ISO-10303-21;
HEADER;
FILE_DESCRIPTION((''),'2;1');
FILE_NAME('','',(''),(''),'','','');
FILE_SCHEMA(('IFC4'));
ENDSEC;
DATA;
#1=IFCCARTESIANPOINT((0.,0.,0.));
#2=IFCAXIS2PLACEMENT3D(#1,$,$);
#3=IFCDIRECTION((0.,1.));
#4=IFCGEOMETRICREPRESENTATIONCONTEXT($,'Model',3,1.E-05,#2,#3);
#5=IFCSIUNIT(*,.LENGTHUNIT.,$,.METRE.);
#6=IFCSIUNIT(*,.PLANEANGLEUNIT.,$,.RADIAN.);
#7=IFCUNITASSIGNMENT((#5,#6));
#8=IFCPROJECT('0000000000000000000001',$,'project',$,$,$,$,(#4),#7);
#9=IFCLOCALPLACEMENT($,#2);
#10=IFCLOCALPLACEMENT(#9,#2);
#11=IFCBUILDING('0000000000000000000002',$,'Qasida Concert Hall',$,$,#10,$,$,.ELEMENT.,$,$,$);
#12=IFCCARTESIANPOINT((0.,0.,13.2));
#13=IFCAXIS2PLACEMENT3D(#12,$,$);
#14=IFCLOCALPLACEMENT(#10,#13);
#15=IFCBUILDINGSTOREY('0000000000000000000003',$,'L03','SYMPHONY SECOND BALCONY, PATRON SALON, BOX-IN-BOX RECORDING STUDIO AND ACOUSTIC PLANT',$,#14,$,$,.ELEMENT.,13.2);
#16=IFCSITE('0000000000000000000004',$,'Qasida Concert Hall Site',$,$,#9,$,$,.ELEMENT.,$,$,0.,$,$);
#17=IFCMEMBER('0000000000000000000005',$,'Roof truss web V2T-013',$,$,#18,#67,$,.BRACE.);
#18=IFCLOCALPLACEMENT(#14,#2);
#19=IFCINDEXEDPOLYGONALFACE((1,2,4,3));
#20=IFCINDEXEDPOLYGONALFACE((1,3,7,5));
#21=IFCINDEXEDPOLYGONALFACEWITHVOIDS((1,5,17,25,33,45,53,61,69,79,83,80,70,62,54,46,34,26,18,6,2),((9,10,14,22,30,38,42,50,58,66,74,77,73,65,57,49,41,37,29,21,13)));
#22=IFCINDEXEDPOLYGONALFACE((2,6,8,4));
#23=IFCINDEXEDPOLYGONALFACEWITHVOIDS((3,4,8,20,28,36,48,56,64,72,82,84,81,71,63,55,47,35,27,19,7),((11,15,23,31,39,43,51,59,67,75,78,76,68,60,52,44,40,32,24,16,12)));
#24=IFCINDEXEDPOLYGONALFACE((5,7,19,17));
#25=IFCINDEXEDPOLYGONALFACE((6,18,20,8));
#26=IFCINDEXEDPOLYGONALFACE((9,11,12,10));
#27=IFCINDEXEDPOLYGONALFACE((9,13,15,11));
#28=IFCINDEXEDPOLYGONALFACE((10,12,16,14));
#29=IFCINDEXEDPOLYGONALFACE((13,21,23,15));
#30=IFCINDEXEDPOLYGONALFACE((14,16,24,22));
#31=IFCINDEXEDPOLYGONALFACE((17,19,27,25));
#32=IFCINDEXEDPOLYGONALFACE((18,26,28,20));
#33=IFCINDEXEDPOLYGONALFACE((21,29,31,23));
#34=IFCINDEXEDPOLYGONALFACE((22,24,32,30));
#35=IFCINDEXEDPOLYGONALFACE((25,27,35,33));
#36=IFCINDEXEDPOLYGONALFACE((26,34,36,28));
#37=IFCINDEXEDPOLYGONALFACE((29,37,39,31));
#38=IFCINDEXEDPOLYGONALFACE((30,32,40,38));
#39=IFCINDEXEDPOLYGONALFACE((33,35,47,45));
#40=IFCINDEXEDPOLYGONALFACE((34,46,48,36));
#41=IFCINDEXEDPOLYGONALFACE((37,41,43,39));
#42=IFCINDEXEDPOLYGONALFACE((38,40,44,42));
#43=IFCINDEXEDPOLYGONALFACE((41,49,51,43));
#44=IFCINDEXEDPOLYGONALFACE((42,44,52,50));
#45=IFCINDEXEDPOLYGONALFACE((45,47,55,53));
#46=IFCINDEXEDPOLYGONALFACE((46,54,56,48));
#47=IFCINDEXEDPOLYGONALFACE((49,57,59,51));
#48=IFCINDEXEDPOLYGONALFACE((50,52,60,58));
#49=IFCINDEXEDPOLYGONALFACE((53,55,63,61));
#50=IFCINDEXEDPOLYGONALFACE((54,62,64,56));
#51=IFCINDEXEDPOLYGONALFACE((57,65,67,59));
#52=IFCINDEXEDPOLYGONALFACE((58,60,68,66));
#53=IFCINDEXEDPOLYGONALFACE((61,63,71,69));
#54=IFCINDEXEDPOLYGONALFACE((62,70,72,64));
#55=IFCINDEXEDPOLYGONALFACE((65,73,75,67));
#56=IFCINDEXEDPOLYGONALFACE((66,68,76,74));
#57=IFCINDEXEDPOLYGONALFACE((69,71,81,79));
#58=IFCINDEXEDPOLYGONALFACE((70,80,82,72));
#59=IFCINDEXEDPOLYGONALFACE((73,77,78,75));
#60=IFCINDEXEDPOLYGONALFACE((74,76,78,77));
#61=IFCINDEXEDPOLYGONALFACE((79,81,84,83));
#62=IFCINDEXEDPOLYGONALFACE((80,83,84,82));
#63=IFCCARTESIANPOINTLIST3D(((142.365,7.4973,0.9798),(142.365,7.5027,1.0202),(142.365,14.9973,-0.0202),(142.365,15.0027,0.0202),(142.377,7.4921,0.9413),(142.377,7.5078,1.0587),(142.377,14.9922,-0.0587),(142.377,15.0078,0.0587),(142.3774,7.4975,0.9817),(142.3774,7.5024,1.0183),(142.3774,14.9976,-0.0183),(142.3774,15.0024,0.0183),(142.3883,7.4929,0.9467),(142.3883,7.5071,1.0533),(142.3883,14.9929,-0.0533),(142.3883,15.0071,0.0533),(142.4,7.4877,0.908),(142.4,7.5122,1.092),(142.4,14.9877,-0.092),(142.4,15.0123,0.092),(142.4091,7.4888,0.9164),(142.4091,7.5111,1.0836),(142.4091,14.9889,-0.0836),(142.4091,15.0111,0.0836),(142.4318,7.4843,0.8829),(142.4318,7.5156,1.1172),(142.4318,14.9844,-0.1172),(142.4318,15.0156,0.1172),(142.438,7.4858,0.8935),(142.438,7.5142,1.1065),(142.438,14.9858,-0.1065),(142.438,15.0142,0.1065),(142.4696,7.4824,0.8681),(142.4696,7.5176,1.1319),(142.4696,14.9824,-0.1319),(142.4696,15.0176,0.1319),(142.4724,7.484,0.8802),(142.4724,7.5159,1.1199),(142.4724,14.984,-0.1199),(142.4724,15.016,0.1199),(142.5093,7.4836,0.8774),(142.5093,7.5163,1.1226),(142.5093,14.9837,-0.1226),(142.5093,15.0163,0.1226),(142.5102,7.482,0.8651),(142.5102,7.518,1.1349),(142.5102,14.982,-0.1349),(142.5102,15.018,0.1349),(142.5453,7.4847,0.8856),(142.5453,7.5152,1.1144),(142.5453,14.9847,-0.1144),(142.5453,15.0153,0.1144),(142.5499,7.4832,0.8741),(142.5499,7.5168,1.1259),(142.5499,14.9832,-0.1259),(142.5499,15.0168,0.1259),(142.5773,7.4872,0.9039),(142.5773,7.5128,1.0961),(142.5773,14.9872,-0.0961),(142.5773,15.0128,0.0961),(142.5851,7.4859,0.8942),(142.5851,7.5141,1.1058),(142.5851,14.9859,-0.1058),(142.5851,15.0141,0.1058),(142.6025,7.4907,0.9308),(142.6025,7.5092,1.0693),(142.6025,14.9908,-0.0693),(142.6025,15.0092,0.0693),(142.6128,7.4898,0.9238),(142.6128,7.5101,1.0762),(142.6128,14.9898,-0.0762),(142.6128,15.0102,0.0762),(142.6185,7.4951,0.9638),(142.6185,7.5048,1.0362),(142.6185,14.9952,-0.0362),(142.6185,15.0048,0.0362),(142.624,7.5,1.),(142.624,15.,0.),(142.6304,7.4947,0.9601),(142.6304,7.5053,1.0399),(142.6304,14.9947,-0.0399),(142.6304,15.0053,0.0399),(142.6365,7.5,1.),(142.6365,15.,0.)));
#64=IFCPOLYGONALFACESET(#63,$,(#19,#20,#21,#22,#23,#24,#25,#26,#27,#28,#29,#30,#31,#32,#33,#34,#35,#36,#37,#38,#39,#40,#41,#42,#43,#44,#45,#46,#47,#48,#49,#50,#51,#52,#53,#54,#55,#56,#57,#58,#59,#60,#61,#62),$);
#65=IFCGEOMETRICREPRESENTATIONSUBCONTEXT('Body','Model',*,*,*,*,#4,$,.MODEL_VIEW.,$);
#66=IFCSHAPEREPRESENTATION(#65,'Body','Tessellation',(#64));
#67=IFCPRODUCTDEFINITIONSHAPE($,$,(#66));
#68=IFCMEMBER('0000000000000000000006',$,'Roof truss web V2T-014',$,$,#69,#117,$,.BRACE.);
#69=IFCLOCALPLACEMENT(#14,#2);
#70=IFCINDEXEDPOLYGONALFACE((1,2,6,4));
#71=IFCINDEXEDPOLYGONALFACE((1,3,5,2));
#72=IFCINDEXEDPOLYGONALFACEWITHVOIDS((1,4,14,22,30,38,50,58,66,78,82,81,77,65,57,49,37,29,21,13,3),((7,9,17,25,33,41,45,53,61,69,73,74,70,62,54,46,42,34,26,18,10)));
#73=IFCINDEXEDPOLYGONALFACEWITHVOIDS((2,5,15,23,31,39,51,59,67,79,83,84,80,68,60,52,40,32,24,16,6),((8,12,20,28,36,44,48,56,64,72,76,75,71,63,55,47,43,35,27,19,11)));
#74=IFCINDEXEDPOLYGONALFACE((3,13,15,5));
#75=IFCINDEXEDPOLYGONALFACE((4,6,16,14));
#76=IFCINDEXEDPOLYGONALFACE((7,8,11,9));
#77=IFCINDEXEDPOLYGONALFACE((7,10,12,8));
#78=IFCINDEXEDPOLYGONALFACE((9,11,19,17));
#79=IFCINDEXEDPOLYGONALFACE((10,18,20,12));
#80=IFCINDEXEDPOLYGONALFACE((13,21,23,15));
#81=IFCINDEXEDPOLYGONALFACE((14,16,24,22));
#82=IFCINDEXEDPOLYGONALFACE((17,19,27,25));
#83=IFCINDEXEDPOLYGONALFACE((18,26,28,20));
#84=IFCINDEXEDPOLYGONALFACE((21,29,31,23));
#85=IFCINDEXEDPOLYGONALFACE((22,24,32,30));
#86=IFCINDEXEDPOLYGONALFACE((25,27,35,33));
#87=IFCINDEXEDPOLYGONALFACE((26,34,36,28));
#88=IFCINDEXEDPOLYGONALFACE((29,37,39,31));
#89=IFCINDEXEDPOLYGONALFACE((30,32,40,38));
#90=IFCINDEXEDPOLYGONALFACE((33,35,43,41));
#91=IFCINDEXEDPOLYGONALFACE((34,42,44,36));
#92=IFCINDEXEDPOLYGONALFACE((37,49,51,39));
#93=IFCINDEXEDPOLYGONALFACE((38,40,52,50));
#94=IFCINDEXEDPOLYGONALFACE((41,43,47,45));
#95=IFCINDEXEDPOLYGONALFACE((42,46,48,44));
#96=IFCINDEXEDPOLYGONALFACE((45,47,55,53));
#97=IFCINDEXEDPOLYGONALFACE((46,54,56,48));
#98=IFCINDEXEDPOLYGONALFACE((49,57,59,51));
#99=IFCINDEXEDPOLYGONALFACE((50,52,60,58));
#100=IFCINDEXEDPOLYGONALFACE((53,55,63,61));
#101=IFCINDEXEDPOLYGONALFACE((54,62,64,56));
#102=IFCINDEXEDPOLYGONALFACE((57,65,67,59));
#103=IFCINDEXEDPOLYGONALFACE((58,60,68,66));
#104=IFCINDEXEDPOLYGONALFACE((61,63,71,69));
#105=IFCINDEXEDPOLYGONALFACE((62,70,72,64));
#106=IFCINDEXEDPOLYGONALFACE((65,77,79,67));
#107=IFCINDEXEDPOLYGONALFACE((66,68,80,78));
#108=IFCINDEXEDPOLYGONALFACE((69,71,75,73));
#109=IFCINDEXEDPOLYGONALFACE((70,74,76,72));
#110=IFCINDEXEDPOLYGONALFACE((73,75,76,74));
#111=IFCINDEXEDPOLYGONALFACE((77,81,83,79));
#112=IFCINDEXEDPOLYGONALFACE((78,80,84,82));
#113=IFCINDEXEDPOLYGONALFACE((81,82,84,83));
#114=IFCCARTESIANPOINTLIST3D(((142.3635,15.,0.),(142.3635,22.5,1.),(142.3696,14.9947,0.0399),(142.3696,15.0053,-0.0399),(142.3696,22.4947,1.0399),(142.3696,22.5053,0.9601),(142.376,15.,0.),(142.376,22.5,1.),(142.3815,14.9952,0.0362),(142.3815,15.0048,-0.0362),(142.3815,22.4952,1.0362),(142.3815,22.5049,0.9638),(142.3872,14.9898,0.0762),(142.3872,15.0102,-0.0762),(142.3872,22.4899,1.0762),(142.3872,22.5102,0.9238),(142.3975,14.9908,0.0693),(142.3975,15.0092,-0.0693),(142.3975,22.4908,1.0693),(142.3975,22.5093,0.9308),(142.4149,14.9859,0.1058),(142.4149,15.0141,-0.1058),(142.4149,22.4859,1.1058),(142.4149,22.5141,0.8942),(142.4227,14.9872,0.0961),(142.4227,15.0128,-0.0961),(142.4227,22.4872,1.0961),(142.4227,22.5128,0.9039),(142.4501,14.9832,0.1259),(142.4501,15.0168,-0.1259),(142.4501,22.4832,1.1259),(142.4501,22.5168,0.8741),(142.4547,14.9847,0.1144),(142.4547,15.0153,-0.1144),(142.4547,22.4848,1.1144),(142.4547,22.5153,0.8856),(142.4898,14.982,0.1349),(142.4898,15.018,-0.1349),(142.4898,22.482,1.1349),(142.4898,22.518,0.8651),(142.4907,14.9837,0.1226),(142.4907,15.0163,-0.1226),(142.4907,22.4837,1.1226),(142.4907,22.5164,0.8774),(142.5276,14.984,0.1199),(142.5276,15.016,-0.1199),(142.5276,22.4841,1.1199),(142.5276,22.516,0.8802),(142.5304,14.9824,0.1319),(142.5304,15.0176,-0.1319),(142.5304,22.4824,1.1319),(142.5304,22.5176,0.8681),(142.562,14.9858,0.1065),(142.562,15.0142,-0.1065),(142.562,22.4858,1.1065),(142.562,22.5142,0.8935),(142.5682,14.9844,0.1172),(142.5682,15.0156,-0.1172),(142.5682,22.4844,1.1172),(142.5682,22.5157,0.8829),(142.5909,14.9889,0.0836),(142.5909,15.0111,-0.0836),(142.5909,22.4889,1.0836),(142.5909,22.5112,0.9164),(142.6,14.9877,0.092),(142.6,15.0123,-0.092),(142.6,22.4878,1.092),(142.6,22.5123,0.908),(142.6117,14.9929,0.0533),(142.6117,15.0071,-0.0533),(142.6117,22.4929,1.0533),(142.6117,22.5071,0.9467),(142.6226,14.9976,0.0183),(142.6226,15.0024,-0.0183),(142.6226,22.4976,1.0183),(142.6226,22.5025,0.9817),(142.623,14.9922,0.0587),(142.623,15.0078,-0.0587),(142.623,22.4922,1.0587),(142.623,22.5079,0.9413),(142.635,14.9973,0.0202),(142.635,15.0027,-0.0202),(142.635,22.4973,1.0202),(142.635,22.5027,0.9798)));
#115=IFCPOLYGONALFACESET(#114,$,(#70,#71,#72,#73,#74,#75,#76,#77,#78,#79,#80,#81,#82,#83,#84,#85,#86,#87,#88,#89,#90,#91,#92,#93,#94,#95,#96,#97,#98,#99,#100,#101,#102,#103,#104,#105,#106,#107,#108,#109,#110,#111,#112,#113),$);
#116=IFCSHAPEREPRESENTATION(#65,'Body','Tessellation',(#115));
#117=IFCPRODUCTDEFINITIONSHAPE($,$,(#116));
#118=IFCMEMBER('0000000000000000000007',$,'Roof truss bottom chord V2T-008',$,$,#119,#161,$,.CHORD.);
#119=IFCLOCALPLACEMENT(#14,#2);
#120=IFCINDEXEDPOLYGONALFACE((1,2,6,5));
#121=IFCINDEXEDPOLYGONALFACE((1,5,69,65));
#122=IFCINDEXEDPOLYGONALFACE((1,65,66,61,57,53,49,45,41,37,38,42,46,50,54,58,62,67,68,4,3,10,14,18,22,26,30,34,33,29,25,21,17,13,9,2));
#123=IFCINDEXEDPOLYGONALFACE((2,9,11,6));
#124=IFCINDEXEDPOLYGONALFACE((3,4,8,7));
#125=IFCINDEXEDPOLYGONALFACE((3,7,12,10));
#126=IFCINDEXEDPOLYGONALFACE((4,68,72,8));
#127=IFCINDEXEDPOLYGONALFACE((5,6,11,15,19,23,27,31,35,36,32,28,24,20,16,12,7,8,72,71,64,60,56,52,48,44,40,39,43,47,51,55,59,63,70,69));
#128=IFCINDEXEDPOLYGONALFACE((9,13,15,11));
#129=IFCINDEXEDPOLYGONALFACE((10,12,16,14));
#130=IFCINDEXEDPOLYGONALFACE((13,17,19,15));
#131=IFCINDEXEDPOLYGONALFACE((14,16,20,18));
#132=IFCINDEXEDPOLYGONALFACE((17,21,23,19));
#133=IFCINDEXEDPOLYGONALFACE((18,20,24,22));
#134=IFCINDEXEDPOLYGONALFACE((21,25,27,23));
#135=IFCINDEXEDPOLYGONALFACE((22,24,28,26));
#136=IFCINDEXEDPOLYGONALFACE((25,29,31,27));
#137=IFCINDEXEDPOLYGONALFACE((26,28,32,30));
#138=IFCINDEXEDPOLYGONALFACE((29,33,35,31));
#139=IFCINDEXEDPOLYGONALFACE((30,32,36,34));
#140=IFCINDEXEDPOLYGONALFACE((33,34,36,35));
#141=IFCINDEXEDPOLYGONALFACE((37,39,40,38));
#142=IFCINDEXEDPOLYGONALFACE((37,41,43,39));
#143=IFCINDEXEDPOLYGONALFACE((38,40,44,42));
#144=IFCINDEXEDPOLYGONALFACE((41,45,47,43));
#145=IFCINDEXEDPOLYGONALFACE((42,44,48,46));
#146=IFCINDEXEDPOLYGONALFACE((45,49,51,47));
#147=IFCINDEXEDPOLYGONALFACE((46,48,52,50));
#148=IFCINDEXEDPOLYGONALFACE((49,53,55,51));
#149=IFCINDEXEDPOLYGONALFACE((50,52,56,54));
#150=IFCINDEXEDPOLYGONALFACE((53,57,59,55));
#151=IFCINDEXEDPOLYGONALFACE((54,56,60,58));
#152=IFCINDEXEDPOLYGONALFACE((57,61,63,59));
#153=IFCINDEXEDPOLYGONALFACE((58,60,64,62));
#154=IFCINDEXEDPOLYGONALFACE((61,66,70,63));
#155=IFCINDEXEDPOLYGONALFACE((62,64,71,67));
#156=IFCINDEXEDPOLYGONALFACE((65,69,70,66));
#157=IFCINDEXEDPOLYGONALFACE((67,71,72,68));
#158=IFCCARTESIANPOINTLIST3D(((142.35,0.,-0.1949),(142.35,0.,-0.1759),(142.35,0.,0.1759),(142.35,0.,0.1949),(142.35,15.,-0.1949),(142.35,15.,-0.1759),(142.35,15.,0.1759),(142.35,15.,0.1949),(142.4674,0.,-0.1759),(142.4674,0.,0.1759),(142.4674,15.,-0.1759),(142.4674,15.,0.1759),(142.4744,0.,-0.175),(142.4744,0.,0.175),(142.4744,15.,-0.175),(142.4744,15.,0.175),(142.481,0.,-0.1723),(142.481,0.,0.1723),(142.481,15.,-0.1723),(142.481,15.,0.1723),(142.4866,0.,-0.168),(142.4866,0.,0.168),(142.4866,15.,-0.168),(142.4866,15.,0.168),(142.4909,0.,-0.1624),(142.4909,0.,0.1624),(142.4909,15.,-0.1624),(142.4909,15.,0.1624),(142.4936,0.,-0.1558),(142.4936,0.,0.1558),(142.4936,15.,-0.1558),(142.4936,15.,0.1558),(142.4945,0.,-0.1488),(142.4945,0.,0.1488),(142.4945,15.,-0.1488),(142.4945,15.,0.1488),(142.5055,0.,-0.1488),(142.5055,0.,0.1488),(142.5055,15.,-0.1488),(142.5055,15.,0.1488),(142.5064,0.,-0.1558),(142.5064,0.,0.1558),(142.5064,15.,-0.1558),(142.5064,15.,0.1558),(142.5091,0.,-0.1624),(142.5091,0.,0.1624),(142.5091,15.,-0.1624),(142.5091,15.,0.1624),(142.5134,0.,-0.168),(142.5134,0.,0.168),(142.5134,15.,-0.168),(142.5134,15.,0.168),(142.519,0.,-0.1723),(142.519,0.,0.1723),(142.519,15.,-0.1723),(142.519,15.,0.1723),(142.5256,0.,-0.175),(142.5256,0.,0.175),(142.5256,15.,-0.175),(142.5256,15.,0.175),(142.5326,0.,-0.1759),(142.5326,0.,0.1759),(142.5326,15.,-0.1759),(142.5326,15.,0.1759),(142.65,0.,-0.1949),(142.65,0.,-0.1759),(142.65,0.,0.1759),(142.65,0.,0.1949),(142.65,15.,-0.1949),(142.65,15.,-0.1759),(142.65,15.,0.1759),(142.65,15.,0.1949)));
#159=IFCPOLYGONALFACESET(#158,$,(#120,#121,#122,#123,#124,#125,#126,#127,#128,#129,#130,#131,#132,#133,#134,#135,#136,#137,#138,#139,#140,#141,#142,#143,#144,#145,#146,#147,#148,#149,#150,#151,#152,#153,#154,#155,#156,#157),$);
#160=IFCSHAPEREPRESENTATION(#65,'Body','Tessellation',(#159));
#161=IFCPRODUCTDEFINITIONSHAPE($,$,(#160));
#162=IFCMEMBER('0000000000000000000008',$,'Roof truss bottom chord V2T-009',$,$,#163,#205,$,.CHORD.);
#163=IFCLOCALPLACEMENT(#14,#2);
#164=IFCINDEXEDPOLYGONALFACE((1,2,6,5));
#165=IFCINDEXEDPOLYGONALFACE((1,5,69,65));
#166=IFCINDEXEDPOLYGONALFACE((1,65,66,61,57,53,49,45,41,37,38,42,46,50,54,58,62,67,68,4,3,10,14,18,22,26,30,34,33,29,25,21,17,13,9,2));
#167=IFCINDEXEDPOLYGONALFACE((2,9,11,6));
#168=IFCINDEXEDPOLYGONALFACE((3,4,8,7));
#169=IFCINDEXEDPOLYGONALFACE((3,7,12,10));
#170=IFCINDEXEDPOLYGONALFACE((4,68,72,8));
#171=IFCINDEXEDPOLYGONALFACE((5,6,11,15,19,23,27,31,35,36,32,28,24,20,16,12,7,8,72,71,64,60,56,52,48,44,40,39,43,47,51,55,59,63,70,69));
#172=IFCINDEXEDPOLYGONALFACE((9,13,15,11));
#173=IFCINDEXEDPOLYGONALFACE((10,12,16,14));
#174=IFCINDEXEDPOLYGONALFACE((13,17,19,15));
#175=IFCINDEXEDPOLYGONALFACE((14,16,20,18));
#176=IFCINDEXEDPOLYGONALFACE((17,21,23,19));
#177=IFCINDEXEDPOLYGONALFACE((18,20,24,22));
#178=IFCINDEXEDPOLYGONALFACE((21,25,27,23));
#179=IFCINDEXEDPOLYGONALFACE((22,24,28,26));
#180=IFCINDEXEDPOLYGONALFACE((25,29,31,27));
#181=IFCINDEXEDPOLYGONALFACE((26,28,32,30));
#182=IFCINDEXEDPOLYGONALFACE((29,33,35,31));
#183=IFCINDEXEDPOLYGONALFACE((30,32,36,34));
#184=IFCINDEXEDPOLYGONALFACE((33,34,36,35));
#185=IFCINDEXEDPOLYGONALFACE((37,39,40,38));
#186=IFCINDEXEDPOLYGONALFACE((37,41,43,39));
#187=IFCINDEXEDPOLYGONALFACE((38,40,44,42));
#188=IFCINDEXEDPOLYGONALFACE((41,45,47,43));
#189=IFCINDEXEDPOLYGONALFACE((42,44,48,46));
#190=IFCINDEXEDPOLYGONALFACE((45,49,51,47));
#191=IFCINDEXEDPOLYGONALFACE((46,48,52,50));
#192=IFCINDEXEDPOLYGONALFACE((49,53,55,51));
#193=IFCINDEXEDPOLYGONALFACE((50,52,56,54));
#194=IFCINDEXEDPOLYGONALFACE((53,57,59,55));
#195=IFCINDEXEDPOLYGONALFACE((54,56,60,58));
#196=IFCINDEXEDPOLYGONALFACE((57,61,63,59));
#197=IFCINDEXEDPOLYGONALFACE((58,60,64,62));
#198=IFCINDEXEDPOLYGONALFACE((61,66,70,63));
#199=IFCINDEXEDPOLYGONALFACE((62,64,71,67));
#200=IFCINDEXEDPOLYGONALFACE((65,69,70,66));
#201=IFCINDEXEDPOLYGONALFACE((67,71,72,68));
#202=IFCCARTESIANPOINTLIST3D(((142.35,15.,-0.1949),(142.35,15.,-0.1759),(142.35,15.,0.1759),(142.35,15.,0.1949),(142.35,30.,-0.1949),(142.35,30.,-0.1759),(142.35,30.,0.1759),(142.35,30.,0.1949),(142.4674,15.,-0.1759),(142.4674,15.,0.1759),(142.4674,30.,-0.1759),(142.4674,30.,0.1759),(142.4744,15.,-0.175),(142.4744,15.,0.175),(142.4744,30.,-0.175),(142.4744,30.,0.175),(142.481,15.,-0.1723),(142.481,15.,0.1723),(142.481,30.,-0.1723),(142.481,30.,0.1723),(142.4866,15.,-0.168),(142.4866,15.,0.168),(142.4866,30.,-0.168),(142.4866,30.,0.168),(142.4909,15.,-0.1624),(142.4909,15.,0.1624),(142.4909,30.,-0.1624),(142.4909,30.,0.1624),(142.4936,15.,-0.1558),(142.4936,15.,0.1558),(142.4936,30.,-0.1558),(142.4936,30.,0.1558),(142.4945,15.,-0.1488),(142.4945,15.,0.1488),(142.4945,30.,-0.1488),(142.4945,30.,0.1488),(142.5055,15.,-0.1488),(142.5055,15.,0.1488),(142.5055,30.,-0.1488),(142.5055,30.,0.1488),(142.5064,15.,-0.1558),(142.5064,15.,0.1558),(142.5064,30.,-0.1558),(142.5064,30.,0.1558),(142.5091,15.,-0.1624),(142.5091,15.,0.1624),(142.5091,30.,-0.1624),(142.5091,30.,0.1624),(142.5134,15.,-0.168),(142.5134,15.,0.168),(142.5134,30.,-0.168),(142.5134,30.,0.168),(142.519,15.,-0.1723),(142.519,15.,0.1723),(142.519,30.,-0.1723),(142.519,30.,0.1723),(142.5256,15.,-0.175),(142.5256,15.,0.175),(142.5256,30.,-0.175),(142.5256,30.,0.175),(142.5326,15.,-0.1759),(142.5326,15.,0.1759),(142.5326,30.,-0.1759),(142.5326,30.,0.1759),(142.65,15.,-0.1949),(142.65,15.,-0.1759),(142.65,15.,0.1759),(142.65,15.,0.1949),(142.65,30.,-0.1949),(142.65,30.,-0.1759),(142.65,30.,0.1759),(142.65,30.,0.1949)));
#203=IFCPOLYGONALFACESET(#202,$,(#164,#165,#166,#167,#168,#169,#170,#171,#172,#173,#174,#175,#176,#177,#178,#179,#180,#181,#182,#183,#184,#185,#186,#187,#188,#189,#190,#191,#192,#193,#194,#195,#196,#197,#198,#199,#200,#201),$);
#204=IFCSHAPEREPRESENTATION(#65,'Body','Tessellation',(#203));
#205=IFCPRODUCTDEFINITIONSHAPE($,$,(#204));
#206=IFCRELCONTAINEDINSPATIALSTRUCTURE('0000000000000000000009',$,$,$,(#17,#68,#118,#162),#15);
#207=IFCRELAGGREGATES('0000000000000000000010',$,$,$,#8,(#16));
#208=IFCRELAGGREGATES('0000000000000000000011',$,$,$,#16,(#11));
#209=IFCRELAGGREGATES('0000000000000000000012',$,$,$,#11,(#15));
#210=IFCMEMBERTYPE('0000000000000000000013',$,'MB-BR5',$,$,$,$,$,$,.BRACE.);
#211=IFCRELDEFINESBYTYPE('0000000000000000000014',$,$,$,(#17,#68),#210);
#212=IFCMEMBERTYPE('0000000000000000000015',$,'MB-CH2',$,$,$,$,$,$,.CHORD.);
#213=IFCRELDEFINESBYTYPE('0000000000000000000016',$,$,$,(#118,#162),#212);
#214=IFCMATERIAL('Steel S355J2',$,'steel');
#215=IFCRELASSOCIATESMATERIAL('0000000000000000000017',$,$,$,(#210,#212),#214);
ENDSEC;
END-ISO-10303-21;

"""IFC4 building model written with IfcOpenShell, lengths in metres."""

from ifc_helpers import new_model, si_unit, direction, frame, origin, origin_2d, place, context, subcontext, project, spatial, hollow_circle, i_section, extrude, material, material_profile, profile_set, type_object, element, save


model = new_model("IFC4")

# Units and contexts
model_context = context("Model", 3, precision=1e-05, world=origin(), true_north=direction((0.0, 1.0)))
body_context = subcontext(model_context, "Body", "Model", "MODEL_VIEW")
ifc_project = project(units=[si_unit("LENGTHUNIT", "METRE"), si_unit("PLANEANGLEUNIT", "RADIAN")], contexts=[model_context])

# Site, building, storey
site_placement = place(None, origin())
site = spatial("IfcSite", under=ifc_project, at=site_placement, Name="Qasida Concert Hall Site", CompositionType="ELEMENT", RefElevation=0.0)
building_placement = place(site_placement, origin())
building = spatial("IfcBuilding", under=site, at=building_placement, Name="Qasida Concert Hall", CompositionType="ELEMENT")
storey_placement = place(building_placement, frame((0.0, 0.0, 13.2)))
storey = spatial("IfcBuildingStorey", under=building, at=storey_placement, Name="L03", Description="SYMPHONY SECOND BALCONY, PATRON SALON, BOX-IN-BOX RECORDING STUDIO AND ACOUSTIC PLANT", CompositionType="ELEMENT", Elevation=13.2)

# Members
ifc_material_1 = material(Name="Steel S355J2", Category="steel")
ifc_material_profile_1 = material_profile(ifc_material_1, hollow_circle(Radius=0.1365, WallThickness=0.0125, at=origin_2d()), Name="CHS 273x12.5")
ifc_profile_set_1 = profile_set([ifc_material_profile_1], Name="Steel S355J2")
member_type_1 = type_object("IfcMemberType", Name="MB-BR5", PredefinedType="BRACE", material=ifc_profile_set_1)
for number, where, z_axis, x_axis, name in (
    (1, (142.5, 15.0, 0.0), (0.0, -0.991228, 0.132164), (1.0, 0.0, 0.0), "Roof truss web V2T-013"),
    (2, (142.5, 15.0, 0.0), (0.0, 0.991228, 0.132164), (-1.0, 0.0, 0.0), "Roof truss web V2T-014"),
):
    element("IfcMember", number, at=place(storey_placement, frame(where, z_axis=z_axis, x_axis=x_axis)), inside=storey, type_object=member_type_1, Name=name, PredefinedType="BRACE", context=body_context, shape_type="SweptSolid", body=[
        extrude(hollow_circle(Radius=0.1365, WallThickness=0.0125, at=origin_2d()), origin(), (0.0, 0.0, 1.0), 7.5664),
    ])
ifc_material_profile_2 = material_profile(ifc_material_1, i_section(OverallWidth=0.3, OverallDepth=0.3899, WebThickness=0.011, FlangeThickness=0.019, FilletRadius=0.0271, at=origin_2d()), Name="HEA 400")
ifc_profile_set_2 = profile_set([ifc_material_profile_2], Name="Steel S355J2")
member_type_2 = type_object("IfcMemberType", Name="MB-CH2", PredefinedType="CHORD", material=ifc_profile_set_2)
for number, where, z_axis, x_axis, name in (
    (3, (142.5, 0.0, 0.0), (0.0, 1.0, 0.0), (-1.0, 0.0, 0.0), "Roof truss bottom chord V2T-008"),
    (4, (142.5, 15.0, 0.0), (0.0, 1.0, 0.0), (-1.0, 0.0, 0.0), "Roof truss bottom chord V2T-009"),
):
    element("IfcMember", number, at=place(storey_placement, frame(where, z_axis=z_axis, x_axis=x_axis)), inside=storey, type_object=member_type_2, Name=name, PredefinedType="CHORD", context=body_context, shape_type="SweptSolid", body=[
        extrude(i_section(OverallWidth=0.3, OverallDepth=0.3899, WebThickness=0.011, FlangeThickness=0.019, FilletRadius=0.0271, at=origin_2d()), origin(), (0.0, 0.0, 1.0), 15.0),
    ])

save(model, "model.ifc")
